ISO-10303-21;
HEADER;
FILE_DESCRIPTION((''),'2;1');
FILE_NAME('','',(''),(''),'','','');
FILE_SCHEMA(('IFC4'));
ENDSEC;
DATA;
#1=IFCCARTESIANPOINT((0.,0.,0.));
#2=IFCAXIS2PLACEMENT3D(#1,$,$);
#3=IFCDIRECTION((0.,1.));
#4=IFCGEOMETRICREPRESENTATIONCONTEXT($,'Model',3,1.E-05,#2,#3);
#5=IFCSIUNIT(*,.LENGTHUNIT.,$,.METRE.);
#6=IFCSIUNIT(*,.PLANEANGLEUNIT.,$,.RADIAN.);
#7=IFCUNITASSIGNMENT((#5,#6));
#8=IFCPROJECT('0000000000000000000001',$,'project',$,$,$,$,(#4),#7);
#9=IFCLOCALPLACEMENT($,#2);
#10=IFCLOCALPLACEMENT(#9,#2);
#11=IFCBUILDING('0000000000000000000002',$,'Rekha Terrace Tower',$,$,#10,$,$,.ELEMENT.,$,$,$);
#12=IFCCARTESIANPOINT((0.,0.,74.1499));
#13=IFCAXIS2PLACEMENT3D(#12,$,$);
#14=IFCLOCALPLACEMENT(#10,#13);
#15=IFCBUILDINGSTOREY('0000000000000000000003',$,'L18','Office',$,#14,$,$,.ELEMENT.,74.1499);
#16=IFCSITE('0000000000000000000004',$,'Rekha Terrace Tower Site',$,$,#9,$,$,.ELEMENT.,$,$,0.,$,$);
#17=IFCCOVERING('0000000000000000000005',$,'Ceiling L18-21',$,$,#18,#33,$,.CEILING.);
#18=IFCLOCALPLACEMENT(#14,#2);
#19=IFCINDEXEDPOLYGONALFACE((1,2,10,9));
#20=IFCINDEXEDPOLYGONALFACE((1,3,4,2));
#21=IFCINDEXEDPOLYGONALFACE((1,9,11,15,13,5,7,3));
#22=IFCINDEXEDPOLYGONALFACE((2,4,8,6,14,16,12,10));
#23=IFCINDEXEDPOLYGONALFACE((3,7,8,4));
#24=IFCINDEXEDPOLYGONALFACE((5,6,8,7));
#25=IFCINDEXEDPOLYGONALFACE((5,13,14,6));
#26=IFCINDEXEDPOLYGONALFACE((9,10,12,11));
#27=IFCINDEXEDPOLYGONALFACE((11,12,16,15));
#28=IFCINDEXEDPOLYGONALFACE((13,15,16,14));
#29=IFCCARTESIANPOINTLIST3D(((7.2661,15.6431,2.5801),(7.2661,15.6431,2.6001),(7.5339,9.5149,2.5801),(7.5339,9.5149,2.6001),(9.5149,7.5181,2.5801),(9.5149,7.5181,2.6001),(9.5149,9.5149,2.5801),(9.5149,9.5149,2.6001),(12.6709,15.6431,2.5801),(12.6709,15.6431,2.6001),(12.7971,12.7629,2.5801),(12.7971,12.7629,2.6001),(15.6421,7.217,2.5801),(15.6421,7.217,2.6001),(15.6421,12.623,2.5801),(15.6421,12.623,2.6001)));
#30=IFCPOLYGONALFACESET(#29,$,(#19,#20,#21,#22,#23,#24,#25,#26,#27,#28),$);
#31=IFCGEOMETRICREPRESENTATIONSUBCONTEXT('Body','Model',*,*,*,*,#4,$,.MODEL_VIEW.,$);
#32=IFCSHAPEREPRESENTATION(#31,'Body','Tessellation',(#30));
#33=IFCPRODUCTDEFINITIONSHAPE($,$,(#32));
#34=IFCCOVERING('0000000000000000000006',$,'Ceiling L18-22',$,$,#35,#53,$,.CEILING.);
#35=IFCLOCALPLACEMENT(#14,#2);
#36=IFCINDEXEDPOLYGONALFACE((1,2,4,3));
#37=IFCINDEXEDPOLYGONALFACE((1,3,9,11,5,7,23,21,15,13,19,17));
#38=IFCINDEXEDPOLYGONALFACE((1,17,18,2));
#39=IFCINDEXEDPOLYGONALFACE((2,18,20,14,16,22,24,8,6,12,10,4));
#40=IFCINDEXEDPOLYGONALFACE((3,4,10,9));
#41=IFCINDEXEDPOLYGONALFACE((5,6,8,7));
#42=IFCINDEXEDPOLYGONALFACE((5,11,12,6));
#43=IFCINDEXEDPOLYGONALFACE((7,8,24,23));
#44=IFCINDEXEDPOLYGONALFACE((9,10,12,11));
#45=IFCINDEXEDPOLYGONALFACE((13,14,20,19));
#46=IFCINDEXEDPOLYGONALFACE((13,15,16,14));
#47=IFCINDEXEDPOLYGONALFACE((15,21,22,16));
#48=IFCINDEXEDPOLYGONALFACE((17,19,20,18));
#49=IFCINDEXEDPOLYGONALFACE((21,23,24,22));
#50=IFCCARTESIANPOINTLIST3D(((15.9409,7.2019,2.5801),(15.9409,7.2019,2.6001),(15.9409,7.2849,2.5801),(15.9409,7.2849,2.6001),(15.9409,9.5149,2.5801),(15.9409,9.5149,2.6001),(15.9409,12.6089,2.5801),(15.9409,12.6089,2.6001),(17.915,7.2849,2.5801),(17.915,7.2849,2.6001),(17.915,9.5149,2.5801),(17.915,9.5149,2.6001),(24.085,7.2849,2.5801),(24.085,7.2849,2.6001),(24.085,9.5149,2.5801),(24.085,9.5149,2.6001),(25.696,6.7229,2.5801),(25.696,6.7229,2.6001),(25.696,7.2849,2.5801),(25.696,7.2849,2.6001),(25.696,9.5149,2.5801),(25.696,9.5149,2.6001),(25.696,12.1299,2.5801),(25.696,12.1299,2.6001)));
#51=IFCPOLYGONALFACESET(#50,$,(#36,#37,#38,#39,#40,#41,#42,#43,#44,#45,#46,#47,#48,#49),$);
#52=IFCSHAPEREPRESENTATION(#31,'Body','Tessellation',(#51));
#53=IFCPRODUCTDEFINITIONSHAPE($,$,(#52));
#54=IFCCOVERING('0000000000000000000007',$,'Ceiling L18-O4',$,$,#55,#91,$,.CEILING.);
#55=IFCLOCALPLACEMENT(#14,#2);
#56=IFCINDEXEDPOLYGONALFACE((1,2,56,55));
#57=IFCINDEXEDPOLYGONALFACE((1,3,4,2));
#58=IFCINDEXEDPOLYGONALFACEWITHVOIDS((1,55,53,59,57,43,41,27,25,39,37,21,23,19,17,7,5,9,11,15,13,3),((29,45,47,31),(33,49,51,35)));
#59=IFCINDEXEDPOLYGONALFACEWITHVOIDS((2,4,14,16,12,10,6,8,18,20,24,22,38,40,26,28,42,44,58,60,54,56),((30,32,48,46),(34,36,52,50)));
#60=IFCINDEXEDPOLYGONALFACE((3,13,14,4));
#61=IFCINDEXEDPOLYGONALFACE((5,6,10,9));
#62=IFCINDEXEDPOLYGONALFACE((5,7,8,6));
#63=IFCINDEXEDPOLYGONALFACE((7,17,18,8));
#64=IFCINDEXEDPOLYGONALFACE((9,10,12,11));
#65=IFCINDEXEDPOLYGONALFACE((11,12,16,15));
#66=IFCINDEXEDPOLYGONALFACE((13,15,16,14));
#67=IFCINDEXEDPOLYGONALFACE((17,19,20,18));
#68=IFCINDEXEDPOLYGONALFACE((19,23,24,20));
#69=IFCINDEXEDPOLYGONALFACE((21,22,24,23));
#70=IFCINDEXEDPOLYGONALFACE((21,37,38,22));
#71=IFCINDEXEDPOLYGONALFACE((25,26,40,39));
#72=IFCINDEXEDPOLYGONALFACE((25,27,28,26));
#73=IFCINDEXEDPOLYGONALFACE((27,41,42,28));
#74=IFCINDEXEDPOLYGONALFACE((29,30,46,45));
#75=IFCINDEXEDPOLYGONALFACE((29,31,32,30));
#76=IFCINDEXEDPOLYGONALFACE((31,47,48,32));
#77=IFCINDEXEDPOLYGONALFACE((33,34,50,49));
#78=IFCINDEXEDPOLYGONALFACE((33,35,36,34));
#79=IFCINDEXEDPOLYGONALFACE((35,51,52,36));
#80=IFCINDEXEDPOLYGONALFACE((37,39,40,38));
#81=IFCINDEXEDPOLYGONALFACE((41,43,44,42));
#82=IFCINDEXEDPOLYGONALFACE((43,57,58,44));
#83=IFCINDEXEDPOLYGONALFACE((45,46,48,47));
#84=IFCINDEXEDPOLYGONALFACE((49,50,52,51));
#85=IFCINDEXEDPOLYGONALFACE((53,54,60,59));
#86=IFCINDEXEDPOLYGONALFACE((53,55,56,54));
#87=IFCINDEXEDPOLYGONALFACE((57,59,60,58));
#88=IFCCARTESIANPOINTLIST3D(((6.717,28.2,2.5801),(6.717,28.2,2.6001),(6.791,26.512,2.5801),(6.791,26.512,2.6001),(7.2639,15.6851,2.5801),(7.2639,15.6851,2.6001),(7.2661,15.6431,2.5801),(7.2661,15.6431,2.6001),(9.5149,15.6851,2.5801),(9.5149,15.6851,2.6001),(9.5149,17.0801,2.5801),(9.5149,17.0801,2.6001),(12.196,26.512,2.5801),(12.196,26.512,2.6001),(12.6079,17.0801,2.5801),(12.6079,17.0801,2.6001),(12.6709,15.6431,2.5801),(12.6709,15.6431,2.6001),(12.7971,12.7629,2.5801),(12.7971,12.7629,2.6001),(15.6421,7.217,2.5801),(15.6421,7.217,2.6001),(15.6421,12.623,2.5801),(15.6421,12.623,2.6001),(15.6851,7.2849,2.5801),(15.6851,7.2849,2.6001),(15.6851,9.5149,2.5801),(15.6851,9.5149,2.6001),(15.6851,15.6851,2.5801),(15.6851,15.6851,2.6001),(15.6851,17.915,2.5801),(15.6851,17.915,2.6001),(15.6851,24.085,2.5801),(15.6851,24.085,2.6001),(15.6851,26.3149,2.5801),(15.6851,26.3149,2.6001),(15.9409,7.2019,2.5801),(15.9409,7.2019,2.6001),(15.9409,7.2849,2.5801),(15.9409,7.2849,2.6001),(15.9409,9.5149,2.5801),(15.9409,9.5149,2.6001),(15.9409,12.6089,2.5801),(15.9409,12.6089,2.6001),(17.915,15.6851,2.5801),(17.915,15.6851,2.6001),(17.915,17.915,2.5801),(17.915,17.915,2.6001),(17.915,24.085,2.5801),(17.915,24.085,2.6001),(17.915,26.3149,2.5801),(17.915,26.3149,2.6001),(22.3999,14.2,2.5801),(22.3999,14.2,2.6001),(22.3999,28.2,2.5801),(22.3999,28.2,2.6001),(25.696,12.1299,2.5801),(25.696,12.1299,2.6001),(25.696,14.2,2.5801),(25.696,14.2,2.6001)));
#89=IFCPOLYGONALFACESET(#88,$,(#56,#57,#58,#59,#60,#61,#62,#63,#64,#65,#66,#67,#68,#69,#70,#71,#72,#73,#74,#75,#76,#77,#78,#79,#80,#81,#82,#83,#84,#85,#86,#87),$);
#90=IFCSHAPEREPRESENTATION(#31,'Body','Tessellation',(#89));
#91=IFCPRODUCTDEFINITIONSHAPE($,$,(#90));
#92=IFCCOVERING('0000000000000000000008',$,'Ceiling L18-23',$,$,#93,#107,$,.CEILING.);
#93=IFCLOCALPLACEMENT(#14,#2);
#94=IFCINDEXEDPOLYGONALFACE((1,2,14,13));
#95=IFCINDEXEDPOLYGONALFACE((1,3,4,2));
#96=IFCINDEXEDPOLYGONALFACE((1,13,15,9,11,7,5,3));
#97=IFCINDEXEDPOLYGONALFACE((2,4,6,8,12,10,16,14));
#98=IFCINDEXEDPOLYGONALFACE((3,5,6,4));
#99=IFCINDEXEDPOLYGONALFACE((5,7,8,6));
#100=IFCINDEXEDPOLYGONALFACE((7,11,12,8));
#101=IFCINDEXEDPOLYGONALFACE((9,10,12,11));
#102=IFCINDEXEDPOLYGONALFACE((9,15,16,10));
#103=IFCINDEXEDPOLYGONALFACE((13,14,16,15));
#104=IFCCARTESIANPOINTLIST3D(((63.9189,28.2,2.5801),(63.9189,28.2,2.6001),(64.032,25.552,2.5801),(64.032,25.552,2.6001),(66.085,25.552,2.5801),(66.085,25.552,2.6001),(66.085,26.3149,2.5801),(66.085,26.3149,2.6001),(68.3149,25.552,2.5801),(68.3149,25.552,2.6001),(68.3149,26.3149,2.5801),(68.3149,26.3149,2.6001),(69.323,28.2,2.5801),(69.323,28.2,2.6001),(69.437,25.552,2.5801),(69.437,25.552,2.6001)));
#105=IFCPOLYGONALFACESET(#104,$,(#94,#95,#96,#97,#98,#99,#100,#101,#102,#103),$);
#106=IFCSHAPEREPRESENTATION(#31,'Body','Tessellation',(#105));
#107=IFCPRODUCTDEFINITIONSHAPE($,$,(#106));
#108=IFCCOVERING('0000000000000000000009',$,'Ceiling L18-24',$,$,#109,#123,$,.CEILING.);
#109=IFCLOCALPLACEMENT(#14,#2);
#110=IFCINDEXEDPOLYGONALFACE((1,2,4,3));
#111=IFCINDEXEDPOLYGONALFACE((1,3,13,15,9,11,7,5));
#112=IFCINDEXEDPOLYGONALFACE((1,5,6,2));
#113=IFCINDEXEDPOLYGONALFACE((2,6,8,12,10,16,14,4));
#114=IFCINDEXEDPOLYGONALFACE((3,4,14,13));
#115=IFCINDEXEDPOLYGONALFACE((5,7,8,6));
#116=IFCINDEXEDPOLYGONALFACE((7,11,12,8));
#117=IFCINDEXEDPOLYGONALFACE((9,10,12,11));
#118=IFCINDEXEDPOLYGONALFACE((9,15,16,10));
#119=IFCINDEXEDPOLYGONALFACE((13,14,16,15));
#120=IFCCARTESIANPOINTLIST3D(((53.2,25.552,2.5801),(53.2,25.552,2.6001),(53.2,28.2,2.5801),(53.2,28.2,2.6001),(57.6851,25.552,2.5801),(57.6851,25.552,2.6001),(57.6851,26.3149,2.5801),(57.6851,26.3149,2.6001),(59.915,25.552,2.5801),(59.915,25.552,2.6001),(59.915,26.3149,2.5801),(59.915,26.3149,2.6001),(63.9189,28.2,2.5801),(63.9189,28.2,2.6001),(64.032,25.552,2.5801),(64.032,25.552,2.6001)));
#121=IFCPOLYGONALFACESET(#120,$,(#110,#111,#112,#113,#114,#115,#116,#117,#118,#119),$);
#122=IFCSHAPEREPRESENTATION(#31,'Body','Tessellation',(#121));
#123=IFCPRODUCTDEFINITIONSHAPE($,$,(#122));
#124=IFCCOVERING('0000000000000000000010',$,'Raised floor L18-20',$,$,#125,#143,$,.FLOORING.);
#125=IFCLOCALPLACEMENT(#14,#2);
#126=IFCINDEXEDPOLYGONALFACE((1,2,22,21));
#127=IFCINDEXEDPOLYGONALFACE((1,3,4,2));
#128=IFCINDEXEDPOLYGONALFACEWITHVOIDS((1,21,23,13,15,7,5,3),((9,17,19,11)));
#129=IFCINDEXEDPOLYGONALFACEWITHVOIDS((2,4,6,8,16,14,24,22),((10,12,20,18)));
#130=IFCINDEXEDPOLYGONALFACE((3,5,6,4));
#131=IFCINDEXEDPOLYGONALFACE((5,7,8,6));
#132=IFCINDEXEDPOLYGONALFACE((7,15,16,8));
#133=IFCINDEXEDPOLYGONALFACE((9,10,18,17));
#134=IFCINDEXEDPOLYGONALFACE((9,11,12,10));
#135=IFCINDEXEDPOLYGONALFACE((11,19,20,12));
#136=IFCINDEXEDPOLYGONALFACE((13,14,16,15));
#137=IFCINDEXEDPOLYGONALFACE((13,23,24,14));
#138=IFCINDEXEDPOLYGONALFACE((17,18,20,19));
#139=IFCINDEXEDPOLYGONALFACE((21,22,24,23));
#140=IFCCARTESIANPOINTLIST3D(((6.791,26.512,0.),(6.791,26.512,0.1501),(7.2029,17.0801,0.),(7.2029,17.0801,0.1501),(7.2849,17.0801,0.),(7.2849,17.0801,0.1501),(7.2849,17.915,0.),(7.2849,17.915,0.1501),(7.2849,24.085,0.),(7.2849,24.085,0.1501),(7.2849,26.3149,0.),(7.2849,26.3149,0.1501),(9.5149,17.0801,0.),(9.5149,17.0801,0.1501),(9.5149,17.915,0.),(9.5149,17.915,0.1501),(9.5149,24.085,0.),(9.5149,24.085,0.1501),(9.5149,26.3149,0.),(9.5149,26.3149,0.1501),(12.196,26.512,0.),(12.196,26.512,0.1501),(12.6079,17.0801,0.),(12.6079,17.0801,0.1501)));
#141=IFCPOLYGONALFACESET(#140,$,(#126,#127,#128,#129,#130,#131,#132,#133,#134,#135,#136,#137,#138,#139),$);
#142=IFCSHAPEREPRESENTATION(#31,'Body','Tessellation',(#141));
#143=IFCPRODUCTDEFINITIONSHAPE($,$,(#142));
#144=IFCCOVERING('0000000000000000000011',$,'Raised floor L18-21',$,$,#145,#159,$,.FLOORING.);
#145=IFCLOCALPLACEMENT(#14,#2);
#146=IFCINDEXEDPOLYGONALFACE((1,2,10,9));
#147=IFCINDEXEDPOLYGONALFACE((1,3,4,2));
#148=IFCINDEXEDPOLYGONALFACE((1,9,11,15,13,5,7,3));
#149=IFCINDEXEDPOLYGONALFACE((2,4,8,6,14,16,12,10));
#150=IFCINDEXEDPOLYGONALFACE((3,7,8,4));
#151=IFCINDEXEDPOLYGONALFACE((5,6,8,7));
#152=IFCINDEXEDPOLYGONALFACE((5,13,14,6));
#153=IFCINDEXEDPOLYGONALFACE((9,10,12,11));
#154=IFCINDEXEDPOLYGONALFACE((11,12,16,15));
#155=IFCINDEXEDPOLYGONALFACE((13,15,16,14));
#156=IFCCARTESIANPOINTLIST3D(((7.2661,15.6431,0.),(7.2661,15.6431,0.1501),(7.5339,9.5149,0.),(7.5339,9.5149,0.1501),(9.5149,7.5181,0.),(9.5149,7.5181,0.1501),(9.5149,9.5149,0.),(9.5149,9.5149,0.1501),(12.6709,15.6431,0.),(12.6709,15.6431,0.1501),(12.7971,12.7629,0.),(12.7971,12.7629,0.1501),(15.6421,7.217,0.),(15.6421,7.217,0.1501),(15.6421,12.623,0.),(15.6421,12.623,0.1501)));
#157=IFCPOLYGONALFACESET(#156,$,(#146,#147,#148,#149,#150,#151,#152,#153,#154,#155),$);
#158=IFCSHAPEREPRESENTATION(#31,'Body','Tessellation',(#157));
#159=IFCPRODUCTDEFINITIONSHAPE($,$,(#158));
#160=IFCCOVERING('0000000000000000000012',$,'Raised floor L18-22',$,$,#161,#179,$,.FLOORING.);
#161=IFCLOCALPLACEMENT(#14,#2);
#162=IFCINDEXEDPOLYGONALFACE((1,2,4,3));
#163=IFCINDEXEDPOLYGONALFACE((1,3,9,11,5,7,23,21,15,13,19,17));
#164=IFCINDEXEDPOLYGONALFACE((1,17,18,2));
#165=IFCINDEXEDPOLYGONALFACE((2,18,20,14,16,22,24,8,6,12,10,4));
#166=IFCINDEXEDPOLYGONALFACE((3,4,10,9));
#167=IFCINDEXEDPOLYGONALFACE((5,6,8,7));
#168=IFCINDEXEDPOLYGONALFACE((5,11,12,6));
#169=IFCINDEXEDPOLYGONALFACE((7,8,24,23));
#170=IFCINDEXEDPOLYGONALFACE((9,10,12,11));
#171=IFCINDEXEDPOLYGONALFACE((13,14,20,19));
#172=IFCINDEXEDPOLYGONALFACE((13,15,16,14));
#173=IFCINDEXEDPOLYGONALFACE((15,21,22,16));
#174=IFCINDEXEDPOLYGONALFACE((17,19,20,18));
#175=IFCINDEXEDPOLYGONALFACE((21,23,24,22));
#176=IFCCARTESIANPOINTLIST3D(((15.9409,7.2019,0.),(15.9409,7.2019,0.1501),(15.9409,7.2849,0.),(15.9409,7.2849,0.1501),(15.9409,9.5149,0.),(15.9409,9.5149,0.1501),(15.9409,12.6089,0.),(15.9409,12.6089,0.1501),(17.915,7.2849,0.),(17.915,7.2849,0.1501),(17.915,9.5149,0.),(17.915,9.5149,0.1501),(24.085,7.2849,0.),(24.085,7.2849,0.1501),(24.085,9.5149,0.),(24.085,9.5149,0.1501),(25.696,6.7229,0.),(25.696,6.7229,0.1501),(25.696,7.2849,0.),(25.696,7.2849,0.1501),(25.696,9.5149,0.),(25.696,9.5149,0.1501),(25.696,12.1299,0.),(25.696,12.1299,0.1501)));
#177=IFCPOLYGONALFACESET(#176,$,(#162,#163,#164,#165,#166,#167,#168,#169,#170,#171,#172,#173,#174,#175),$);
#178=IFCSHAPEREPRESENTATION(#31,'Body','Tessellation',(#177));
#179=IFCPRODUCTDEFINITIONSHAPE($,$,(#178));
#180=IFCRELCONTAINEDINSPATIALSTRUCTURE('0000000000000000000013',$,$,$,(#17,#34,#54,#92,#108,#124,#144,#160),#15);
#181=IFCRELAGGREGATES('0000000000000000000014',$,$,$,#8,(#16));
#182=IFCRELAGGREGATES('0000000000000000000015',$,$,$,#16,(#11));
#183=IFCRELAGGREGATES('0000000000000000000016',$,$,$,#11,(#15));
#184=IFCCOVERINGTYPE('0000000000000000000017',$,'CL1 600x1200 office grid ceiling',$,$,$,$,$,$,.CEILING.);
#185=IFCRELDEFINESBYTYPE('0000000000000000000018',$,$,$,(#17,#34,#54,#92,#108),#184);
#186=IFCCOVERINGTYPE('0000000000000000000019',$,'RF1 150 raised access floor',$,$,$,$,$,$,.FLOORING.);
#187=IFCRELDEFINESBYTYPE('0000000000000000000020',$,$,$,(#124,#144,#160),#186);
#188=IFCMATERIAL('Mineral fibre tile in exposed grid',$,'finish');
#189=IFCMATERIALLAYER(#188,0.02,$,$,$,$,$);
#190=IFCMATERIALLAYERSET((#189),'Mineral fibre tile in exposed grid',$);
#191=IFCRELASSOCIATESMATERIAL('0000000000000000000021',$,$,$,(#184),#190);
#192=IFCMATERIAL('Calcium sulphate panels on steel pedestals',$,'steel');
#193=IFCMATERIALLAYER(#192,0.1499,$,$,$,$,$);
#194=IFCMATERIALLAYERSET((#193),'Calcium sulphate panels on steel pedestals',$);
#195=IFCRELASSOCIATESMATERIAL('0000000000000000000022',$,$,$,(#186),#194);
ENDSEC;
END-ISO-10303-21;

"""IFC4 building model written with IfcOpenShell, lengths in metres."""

from ifc_helpers import new_model, si_unit, direction, frame, origin, place, context, subcontext, project, spatial, polyline, outline, extrude, material, layer, layer_set, type_object, element, save


model = new_model("IFC4")

# Units and contexts
model_context = context("Model", 3, precision=1e-05, world=origin(), true_north=direction((0.0, 1.0)))
body_context = subcontext(model_context, "Body", "Model", "MODEL_VIEW")
ifc_project = project(units=[si_unit("LENGTHUNIT", "METRE"), si_unit("PLANEANGLEUNIT", "RADIAN")], contexts=[model_context])

# Site, building, storey
site_placement = place(None, origin())
site = spatial("IfcSite", under=ifc_project, at=site_placement, Name="Rekha Terrace Tower Site", CompositionType="ELEMENT", RefElevation=0.0)
building_placement = place(site_placement, origin())
building = spatial("IfcBuilding", under=site, at=building_placement, Name="Rekha Terrace Tower", CompositionType="ELEMENT")
storey_placement = place(building_placement, frame((0.0, 0.0, 74.1499)))
storey = spatial("IfcBuildingStorey", under=building, at=storey_placement, Name="L18", Description="Office", CompositionType="ELEMENT", Elevation=74.1499)

# Coverings
ifc_material_1 = material(Name="Mineral fibre tile in exposed grid", Category="finish")
ifc_layer_1 = layer(ifc_material_1, 0.02)
ifc_layer_set_1 = layer_set([ifc_layer_1], Name="Mineral fibre tile in exposed grid")
covering_type_1 = type_object("IfcCoveringType", Name="CL1 600x1200 office grid ceiling", PredefinedType="CEILING", material=ifc_layer_set_1)
covering_1_placement = place(storey_placement, frame((0.0, 0.0, 2.5801)))
element("IfcCovering", 1, at=covering_1_placement, inside=storey, type_object=covering_type_1, Name="Ceiling L18-21", PredefinedType="CEILING", context=body_context, shape_type="SweptSolid", body=[
    extrude(outline(polyline([(12.7971, 12.7629), (12.6709, 15.6431), (7.2661, 15.6431), (7.5339, 9.5149), (9.5149, 9.5149), (9.5149, 7.5181), (15.6421, 7.217), (15.6421, 12.623), (12.7971, 12.7629)])), origin(), (0.0, 0.0, 1.0), 0.02),
])
covering_2_placement = place(storey_placement, frame((0.0, 0.0, 2.5801)))
element("IfcCovering", 2, at=covering_2_placement, inside=storey, type_object=covering_type_1, Name="Ceiling L18-22", PredefinedType="CEILING", context=body_context, shape_type="SweptSolid", body=[
    extrude(outline(polyline([(25.696, 9.5149), (25.696, 12.1299), (15.9409, 12.6089), (15.9409, 9.5149), (17.915, 9.5149), (17.915, 7.2849), (15.9409, 7.2849), (15.9409, 7.2019), (25.696, 6.7229), (25.696, 7.2849), (24.085, 7.2849), (24.085, 9.5149), (25.696, 9.5149)])), origin(), (0.0, 0.0, 1.0), 0.02),
])
covering_3_placement = place(storey_placement, frame((0.0, 0.0, 2.5801)))
element("IfcCovering", 3, at=covering_3_placement, inside=storey, type_object=covering_type_1, Name="Ceiling L18-O4", PredefinedType="CEILING", context=body_context, shape_type="SweptSolid", body=[
    extrude(outline(polyline([(9.5149, 15.6851), (7.2639, 15.6851), (7.2661, 15.6431), (12.6709, 15.6431), (12.7971, 12.7629), (15.6421, 12.623), (15.6421, 7.217), (15.9409, 7.2019), (15.9409, 7.2849), (15.6851, 7.2849), (15.6851, 9.5149), (15.9409, 9.5149), (15.9409, 12.6089), (25.696, 12.1299), (25.696, 14.2), (22.3999, 14.2), (22.3999, 28.2), (6.717, 28.2), (6.791, 26.512), (12.196, 26.512), (12.6079, 17.0801), (9.5149, 17.0801), (9.5149, 15.6851)]), holes=[polyline([(17.915, 15.6851), (15.6851, 15.6851), (15.6851, 17.915), (17.915, 17.915), (17.915, 15.6851)]), polyline([(17.915, 24.085), (15.6851, 24.085), (15.6851, 26.3149), (17.915, 26.3149), (17.915, 24.085)])]), origin(), (0.0, 0.0, 1.0), 0.02),
])
covering_4_placement = place(storey_placement, frame((0.0, 0.0, 2.5801)))
element("IfcCovering", 4, at=covering_4_placement, inside=storey, type_object=covering_type_1, Name="Ceiling L18-23", PredefinedType="CEILING", context=body_context, shape_type="SweptSolid", body=[
    extrude(outline(polyline([(69.437, 25.552), (69.323, 28.2), (63.9189, 28.2), (64.032, 25.552), (66.085, 25.552), (66.085, 26.3149), (68.3149, 26.3149), (68.3149, 25.552), (69.437, 25.552)])), origin(), (0.0, 0.0, 1.0), 0.02),
])
covering_5_placement = place(storey_placement, frame((0.0, 0.0, 2.5801)))
element("IfcCovering", 5, at=covering_5_placement, inside=storey, type_object=covering_type_1, Name="Ceiling L18-24", PredefinedType="CEILING", context=body_context, shape_type="SweptSolid", body=[
    extrude(outline(polyline([(59.915, 26.3149), (59.915, 25.552), (64.032, 25.552), (63.9189, 28.2), (53.2, 28.2), (53.2, 25.552), (57.6851, 25.552), (57.6851, 26.3149), (59.915, 26.3149)])), origin(), (0.0, 0.0, 1.0), 0.02),
])
ifc_material_2 = material(Name="Calcium sulphate panels on steel pedestals", Category="steel")
ifc_layer_2 = layer(ifc_material_2, 0.1499)
ifc_layer_set_2 = layer_set([ifc_layer_2], Name="Calcium sulphate panels on steel pedestals")
covering_type_2 = type_object("IfcCoveringType", Name="RF1 150 raised access floor", PredefinedType="FLOORING", material=ifc_layer_set_2)
covering_6_placement = place(storey_placement, origin())
element("IfcCovering", 6, at=covering_6_placement, inside=storey, type_object=covering_type_2, Name="Raised floor L18-20", PredefinedType="FLOORING", context=body_context, shape_type="SweptSolid", body=[
    extrude(outline(polyline([(9.5149, 17.0801), (12.6079, 17.0801), (12.196, 26.512), (6.791, 26.512), (7.2029, 17.0801), (7.2849, 17.0801), (7.2849, 17.915), (9.5149, 17.915), (9.5149, 17.0801)]), holes=[polyline([(9.5149, 24.085), (7.2849, 24.085), (7.2849, 26.3149), (9.5149, 26.3149), (9.5149, 24.085)])]), origin(), (0.0, 0.0, 1.0), 0.1501),
])
covering_7_placement = place(storey_placement, origin())
element("IfcCovering", 7, at=covering_7_placement, inside=storey, type_object=covering_type_2, Name="Raised floor L18-21", PredefinedType="FLOORING", context=body_context, shape_type="SweptSolid", body=[
    extrude(outline(polyline([(12.7971, 12.7629), (12.6709, 15.6431), (7.2661, 15.6431), (7.5339, 9.5149), (9.5149, 9.5149), (9.5149, 7.5181), (15.6421, 7.217), (15.6421, 12.623), (12.7971, 12.7629)])), origin(), (0.0, 0.0, 1.0), 0.1501),
])
covering_8_placement = place(storey_placement, origin())
element("IfcCovering", 8, at=covering_8_placement, inside=storey, type_object=covering_type_2, Name="Raised floor L18-22", PredefinedType="FLOORING", context=body_context, shape_type="SweptSolid", body=[
    extrude(outline(polyline([(25.696, 9.5149), (25.696, 12.1299), (15.9409, 12.6089), (15.9409, 9.5149), (17.915, 9.5149), (17.915, 7.2849), (15.9409, 7.2849), (15.9409, 7.2019), (25.696, 6.7229), (25.696, 7.2849), (24.085, 7.2849), (24.085, 9.5149), (25.696, 9.5149)])), origin(), (0.0, 0.0, 1.0), 0.1501),
])

save(model, "model.ifc")
